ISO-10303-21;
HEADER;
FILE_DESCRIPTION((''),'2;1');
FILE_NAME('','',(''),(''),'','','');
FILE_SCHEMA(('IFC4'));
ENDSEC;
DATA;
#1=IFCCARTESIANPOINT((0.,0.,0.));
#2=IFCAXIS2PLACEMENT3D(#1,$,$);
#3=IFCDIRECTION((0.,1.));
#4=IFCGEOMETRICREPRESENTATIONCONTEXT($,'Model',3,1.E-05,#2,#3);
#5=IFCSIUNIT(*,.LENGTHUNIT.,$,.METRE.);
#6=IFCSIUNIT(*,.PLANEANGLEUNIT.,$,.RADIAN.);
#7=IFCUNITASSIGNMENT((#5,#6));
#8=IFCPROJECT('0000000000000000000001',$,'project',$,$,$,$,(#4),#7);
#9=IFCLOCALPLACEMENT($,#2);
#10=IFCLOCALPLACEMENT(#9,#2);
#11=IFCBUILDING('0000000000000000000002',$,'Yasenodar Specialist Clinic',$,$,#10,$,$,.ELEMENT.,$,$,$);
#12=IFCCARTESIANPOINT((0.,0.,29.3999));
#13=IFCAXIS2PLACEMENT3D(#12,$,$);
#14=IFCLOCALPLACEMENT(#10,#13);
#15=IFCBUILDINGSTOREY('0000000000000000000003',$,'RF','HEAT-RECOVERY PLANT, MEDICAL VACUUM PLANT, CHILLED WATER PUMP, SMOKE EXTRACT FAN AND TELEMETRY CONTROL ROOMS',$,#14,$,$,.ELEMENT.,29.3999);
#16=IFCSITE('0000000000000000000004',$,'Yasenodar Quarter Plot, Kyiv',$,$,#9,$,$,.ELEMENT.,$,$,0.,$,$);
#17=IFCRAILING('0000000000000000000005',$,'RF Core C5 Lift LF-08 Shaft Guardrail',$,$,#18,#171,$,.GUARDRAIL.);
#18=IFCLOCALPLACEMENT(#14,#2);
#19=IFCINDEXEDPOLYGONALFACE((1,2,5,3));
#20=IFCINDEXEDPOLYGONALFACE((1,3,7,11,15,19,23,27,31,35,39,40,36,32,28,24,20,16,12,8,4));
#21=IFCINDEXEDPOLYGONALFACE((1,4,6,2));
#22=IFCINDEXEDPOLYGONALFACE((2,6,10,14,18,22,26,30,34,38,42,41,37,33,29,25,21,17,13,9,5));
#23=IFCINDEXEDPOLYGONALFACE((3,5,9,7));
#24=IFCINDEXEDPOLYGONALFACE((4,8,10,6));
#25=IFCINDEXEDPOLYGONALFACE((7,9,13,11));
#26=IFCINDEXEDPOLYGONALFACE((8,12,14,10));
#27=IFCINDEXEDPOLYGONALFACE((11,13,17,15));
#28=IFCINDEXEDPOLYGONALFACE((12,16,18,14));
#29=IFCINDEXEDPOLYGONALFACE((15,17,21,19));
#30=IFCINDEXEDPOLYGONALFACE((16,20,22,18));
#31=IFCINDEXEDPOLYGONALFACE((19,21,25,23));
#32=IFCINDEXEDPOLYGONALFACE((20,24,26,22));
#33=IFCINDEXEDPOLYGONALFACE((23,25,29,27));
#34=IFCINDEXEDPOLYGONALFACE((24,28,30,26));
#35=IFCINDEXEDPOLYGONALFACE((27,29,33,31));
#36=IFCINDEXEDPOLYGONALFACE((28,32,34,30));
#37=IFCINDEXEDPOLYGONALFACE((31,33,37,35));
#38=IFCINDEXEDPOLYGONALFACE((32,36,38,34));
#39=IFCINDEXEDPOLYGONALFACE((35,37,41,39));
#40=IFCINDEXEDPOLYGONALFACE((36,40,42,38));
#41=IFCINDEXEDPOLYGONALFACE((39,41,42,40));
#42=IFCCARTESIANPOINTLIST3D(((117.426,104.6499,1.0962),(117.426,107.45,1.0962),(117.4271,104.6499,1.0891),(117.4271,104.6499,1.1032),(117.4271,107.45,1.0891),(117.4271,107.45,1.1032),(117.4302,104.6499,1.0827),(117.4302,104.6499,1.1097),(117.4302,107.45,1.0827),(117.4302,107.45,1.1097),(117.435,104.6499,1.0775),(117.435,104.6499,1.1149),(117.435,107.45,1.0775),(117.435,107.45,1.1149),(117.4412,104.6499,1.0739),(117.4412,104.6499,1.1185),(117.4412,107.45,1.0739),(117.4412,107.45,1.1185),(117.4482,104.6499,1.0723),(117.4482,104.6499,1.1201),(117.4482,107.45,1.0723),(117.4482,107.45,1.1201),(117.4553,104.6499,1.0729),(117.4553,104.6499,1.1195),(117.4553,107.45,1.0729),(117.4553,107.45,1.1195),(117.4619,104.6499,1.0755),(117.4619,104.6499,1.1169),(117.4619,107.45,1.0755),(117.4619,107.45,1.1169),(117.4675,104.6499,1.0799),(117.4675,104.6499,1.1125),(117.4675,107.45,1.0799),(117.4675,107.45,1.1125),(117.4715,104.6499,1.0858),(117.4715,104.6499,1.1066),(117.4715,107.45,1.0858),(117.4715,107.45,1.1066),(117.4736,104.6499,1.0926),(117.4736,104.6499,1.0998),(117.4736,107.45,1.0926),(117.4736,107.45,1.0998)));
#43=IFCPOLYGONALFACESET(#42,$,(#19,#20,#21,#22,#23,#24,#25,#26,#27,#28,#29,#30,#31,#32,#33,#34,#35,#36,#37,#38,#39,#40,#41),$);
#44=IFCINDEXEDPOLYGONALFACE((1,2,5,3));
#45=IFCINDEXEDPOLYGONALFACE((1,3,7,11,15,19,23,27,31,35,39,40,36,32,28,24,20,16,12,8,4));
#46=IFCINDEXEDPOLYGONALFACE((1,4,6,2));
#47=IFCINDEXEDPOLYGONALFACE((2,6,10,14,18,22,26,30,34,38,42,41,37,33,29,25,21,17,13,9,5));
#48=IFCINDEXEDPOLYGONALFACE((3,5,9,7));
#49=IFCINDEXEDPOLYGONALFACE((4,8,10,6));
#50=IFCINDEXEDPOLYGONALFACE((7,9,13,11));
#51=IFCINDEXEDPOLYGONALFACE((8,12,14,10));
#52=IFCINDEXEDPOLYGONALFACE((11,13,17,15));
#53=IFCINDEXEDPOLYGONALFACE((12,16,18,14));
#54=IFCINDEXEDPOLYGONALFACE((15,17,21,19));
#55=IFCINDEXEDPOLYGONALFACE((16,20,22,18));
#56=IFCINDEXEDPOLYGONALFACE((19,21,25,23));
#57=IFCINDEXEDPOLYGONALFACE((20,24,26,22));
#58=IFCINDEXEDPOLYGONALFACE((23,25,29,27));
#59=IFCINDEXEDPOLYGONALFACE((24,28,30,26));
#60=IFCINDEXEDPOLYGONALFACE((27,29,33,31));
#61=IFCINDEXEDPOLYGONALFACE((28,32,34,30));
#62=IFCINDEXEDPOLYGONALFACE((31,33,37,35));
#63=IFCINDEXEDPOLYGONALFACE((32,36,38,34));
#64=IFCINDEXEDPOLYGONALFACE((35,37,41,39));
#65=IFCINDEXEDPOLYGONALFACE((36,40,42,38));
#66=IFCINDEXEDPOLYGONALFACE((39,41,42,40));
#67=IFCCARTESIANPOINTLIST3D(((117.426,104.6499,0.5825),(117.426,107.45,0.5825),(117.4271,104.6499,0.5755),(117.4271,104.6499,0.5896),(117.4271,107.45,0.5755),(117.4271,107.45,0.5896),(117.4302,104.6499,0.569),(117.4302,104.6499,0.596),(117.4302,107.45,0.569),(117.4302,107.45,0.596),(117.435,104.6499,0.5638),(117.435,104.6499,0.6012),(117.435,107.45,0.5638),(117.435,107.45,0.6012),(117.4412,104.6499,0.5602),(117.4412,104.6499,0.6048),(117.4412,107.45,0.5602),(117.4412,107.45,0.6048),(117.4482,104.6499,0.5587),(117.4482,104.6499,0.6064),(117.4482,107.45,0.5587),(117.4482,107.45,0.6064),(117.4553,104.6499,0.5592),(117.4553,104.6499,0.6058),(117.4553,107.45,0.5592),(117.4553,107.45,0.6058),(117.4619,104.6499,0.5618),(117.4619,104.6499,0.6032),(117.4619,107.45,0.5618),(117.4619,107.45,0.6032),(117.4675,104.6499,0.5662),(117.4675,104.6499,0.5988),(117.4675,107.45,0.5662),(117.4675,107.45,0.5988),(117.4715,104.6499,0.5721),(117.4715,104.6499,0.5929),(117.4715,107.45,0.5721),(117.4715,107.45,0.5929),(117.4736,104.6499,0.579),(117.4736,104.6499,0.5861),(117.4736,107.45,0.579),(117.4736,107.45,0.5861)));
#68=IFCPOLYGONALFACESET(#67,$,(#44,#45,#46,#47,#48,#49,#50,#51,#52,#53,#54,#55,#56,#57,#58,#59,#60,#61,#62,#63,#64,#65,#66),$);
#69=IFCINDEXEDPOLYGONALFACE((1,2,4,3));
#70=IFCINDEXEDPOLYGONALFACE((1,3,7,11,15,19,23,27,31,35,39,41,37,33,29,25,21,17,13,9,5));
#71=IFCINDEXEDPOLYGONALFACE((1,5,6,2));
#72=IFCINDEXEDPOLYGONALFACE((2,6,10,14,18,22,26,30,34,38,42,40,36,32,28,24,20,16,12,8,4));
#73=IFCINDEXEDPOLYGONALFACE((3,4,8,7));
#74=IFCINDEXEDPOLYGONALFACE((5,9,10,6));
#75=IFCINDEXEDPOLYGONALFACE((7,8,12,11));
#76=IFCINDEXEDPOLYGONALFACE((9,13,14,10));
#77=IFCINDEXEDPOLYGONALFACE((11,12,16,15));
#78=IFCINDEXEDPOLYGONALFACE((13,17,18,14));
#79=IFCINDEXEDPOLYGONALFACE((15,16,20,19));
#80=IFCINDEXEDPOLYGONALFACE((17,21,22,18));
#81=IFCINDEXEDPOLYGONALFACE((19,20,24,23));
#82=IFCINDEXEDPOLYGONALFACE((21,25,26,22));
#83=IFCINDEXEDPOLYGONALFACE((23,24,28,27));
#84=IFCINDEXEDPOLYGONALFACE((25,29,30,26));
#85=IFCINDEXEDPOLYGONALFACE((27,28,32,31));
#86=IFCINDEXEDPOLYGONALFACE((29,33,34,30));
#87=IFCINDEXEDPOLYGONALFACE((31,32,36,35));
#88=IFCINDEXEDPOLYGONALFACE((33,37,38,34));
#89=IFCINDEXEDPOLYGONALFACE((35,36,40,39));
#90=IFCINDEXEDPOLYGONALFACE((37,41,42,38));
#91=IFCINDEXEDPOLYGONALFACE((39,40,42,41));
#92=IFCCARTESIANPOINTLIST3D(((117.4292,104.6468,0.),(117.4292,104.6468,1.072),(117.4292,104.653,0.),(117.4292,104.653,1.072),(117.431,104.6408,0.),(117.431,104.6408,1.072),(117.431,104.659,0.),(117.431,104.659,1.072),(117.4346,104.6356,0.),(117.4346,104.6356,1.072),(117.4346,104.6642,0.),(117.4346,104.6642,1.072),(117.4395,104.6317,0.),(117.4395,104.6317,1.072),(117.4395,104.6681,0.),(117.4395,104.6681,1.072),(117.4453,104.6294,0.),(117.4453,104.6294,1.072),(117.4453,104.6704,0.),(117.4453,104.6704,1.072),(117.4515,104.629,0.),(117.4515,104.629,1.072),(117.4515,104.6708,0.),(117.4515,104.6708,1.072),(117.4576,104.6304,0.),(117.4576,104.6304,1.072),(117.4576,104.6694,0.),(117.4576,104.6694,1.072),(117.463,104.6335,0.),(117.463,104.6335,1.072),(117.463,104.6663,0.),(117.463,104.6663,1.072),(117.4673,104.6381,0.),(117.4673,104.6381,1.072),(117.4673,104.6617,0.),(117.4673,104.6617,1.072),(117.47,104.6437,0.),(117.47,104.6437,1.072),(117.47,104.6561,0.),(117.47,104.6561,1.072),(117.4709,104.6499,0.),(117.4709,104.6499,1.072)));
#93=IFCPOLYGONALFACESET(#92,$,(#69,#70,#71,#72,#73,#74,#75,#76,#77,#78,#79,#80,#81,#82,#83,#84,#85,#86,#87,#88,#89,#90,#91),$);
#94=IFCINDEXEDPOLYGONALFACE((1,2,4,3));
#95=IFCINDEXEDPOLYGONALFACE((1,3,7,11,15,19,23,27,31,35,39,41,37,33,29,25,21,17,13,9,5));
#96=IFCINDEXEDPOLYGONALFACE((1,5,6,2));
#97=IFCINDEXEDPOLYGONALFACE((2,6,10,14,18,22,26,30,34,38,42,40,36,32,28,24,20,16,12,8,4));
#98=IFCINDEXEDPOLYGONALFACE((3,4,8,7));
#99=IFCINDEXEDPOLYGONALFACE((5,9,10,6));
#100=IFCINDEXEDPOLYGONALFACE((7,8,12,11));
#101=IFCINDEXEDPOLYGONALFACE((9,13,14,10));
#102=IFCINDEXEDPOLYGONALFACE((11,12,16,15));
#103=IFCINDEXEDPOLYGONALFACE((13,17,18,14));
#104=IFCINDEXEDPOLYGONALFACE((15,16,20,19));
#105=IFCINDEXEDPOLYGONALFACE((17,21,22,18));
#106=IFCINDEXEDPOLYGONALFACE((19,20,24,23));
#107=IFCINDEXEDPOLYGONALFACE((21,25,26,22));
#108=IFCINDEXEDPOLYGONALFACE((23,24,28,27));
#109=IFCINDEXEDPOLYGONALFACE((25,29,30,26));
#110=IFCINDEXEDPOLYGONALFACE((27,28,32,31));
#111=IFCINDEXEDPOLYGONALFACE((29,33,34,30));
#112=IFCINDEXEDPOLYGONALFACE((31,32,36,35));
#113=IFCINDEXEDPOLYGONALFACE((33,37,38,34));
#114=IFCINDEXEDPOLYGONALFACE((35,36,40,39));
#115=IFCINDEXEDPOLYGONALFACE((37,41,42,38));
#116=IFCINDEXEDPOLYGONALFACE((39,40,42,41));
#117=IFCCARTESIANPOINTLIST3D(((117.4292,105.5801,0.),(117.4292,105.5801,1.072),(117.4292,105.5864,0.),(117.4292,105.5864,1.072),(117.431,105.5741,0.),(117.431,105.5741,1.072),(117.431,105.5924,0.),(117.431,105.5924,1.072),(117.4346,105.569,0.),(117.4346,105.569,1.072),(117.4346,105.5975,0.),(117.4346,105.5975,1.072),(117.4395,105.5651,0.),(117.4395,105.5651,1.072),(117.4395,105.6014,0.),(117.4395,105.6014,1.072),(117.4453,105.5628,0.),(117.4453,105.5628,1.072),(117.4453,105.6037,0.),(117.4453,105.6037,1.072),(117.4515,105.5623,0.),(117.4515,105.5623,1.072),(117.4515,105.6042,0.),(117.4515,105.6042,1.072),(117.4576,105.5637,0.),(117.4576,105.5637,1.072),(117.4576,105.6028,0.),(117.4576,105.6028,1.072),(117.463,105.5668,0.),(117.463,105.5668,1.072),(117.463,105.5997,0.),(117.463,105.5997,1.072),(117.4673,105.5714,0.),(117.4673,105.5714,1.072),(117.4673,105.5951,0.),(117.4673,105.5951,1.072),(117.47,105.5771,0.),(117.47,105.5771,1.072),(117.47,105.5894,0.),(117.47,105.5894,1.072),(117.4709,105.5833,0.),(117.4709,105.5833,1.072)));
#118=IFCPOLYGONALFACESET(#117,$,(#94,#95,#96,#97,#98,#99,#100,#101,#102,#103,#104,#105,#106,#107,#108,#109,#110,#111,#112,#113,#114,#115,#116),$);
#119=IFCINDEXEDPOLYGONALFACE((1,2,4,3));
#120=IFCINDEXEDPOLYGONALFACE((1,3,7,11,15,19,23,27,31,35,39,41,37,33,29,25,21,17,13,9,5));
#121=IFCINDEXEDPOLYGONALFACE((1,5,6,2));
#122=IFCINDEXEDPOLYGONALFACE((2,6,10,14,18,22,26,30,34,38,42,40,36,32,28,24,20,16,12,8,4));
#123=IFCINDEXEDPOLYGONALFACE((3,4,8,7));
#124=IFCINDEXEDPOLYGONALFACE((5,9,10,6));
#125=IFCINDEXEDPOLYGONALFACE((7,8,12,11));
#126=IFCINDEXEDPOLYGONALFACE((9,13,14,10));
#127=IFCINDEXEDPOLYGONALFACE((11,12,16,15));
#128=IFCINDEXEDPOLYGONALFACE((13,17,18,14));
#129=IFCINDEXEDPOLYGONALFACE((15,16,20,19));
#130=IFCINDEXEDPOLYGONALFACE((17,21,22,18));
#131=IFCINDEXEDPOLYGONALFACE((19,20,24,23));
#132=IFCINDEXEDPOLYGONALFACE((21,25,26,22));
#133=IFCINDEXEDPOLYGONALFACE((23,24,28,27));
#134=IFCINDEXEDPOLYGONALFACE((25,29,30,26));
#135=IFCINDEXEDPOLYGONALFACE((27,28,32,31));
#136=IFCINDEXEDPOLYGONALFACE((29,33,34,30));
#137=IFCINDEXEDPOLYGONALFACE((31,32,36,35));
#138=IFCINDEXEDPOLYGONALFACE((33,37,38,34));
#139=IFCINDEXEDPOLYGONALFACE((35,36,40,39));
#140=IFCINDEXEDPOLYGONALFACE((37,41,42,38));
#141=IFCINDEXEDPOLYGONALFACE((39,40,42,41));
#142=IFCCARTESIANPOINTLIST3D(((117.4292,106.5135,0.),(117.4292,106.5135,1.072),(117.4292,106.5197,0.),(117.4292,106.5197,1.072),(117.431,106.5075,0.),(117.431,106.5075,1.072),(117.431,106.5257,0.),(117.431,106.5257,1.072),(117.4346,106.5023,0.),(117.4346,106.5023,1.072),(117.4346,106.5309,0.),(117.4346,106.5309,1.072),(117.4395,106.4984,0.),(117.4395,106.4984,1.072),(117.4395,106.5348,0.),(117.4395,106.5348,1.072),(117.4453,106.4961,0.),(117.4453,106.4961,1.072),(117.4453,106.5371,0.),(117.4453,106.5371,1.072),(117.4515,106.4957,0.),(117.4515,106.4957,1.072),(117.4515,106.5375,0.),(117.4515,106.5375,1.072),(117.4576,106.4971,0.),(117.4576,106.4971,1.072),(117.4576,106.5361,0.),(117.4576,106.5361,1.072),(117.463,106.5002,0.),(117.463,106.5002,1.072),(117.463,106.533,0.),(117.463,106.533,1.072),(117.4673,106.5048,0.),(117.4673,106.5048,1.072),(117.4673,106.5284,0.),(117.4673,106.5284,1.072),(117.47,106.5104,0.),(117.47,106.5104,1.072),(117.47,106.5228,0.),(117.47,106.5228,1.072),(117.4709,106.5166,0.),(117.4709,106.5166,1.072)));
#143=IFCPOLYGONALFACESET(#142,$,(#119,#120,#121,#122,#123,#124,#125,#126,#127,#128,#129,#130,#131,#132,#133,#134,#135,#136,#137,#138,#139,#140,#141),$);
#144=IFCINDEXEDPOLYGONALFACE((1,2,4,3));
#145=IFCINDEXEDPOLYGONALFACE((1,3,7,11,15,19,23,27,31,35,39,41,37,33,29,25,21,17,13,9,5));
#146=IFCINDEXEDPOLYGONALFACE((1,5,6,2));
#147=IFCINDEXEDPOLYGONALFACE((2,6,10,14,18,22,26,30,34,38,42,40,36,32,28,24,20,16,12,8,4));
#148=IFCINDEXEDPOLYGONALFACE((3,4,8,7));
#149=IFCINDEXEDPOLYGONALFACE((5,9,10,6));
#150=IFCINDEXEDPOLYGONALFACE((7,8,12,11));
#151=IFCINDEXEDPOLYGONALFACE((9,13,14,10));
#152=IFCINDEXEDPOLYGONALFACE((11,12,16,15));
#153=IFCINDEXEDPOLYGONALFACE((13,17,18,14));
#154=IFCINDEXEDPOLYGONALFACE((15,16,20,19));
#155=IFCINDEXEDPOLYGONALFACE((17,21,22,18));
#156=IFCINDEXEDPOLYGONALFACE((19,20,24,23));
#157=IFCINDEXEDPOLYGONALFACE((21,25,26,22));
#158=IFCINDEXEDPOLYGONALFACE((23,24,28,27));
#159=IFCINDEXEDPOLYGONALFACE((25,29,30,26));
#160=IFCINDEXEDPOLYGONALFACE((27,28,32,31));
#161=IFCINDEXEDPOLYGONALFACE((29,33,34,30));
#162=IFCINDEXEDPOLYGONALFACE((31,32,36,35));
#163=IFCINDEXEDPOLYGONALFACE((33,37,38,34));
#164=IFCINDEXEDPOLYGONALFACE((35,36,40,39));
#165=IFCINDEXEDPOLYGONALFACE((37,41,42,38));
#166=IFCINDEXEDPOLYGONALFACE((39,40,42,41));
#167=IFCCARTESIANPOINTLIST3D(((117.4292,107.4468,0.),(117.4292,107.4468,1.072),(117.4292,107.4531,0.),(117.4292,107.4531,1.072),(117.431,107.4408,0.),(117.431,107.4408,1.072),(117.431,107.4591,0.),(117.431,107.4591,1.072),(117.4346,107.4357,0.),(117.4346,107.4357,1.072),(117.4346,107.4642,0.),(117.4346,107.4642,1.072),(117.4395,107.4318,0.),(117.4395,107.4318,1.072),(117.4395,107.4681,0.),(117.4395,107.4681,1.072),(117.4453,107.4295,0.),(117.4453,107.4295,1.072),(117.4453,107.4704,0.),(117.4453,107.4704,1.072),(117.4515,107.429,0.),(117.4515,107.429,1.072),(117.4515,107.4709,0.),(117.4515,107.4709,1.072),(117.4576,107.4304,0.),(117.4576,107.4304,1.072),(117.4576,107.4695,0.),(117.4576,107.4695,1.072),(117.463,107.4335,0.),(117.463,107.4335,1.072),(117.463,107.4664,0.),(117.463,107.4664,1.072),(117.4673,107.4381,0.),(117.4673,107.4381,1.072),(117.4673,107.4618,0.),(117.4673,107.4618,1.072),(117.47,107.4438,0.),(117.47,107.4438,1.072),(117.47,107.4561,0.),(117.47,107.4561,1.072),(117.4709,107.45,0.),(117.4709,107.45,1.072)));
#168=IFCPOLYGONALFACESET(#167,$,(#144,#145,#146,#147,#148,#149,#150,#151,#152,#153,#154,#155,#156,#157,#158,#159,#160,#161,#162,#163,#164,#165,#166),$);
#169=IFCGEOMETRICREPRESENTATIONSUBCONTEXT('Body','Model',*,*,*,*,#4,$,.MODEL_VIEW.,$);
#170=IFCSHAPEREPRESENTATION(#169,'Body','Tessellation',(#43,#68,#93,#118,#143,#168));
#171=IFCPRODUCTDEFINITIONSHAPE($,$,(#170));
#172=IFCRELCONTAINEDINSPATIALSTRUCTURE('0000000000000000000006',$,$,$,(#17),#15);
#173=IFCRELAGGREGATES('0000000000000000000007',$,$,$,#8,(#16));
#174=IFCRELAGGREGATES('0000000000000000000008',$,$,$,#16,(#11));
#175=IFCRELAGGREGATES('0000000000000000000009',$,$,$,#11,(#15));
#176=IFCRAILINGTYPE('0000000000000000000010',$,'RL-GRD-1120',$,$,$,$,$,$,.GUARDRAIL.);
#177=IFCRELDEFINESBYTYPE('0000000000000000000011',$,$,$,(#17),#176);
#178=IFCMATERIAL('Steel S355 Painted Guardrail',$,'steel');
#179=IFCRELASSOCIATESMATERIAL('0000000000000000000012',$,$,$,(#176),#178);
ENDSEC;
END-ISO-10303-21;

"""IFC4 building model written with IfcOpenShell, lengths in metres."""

from ifc_helpers import new_model, si_unit, direction, frame, origin, origin_2d, place, context, subcontext, project, spatial, circle, extrude, material, type_object, element, save


model = new_model("IFC4")

# Units and contexts
model_context = context("Model", 3, precision=1e-05, world=origin(), true_north=direction((0.0, 1.0)))
body_context = subcontext(model_context, "Body", "Model", "MODEL_VIEW")
ifc_project = project(units=[si_unit("LENGTHUNIT", "METRE"), si_unit("PLANEANGLEUNIT", "RADIAN")], contexts=[model_context])

# Site, building, storey
site_placement = place(None, origin())
site = spatial("IfcSite", under=ifc_project, at=site_placement, Name="Yasenodar Quarter Plot, Kyiv", CompositionType="ELEMENT", RefElevation=0.0)
building_placement = place(site_placement, origin())
building = spatial("IfcBuilding", under=site, at=building_placement, Name="Yasenodar Specialist Clinic", CompositionType="ELEMENT")
storey_placement = place(building_placement, frame((0.0, 0.0, 29.3999)))
storey = spatial("IfcBuildingStorey", under=building, at=storey_placement, Name="RF", Description="HEAT-RECOVERY PLANT, MEDICAL VACUUM PLANT, CHILLED WATER PUMP, SMOKE EXTRACT FAN AND TELEMETRY CONTROL ROOMS", CompositionType="ELEMENT", Elevation=29.3999)

# Railing
ifc_material_1 = material(Name="Steel S355 Painted Guardrail", Category="steel")
railing_type_1 = type_object("IfcRailingType", Name="RL-GRD-1120", PredefinedType="GUARDRAIL", material=ifc_material_1)
railing_1_placement = place(storey_placement, frame((117.45, 104.6499, 0.0)))
element("IfcRailing", 1, at=railing_1_placement, inside=storey, type_object=railing_type_1, Name="RF Core C5 Lift LF-08 Shaft Guardrail", PredefinedType="GUARDRAIL", context=body_context, shape_type="SweptSolid", body=[
    extrude(circle(Radius=0.0239, at=origin_2d()), frame((0.0, 0.0, 1.0962), z_axis=(0.0, 1.0, 0.0), x_axis=(-1.0, 0.0, 0.0)), (0.0, 0.0, 1.0), 2.8),
    extrude(circle(Radius=0.0239, at=origin_2d()), frame((0.0, 0.0, 0.5825), z_axis=(0.0, 1.0, 0.0), x_axis=(-1.0, 0.0, 0.0)), (0.0, 0.0, 1.0), 2.8),
    extrude(circle(Radius=0.021, at=origin_2d()), origin(), (0.0, 0.0, 1.0), 1.072),
    extrude(circle(Radius=0.021, at=origin_2d()), frame((0.0, 0.9333, 0.0)), (0.0, 0.0, 1.0), 1.072),
    extrude(circle(Radius=0.021, at=origin_2d()), frame((0.0, 1.8667, 0.0)), (0.0, 0.0, 1.0), 1.072),
    extrude(circle(Radius=0.021, at=origin_2d()), frame((0.0, 2.8, 0.0)), (0.0, 0.0, 1.0), 1.072),
])

save(model, "model.ifc")
